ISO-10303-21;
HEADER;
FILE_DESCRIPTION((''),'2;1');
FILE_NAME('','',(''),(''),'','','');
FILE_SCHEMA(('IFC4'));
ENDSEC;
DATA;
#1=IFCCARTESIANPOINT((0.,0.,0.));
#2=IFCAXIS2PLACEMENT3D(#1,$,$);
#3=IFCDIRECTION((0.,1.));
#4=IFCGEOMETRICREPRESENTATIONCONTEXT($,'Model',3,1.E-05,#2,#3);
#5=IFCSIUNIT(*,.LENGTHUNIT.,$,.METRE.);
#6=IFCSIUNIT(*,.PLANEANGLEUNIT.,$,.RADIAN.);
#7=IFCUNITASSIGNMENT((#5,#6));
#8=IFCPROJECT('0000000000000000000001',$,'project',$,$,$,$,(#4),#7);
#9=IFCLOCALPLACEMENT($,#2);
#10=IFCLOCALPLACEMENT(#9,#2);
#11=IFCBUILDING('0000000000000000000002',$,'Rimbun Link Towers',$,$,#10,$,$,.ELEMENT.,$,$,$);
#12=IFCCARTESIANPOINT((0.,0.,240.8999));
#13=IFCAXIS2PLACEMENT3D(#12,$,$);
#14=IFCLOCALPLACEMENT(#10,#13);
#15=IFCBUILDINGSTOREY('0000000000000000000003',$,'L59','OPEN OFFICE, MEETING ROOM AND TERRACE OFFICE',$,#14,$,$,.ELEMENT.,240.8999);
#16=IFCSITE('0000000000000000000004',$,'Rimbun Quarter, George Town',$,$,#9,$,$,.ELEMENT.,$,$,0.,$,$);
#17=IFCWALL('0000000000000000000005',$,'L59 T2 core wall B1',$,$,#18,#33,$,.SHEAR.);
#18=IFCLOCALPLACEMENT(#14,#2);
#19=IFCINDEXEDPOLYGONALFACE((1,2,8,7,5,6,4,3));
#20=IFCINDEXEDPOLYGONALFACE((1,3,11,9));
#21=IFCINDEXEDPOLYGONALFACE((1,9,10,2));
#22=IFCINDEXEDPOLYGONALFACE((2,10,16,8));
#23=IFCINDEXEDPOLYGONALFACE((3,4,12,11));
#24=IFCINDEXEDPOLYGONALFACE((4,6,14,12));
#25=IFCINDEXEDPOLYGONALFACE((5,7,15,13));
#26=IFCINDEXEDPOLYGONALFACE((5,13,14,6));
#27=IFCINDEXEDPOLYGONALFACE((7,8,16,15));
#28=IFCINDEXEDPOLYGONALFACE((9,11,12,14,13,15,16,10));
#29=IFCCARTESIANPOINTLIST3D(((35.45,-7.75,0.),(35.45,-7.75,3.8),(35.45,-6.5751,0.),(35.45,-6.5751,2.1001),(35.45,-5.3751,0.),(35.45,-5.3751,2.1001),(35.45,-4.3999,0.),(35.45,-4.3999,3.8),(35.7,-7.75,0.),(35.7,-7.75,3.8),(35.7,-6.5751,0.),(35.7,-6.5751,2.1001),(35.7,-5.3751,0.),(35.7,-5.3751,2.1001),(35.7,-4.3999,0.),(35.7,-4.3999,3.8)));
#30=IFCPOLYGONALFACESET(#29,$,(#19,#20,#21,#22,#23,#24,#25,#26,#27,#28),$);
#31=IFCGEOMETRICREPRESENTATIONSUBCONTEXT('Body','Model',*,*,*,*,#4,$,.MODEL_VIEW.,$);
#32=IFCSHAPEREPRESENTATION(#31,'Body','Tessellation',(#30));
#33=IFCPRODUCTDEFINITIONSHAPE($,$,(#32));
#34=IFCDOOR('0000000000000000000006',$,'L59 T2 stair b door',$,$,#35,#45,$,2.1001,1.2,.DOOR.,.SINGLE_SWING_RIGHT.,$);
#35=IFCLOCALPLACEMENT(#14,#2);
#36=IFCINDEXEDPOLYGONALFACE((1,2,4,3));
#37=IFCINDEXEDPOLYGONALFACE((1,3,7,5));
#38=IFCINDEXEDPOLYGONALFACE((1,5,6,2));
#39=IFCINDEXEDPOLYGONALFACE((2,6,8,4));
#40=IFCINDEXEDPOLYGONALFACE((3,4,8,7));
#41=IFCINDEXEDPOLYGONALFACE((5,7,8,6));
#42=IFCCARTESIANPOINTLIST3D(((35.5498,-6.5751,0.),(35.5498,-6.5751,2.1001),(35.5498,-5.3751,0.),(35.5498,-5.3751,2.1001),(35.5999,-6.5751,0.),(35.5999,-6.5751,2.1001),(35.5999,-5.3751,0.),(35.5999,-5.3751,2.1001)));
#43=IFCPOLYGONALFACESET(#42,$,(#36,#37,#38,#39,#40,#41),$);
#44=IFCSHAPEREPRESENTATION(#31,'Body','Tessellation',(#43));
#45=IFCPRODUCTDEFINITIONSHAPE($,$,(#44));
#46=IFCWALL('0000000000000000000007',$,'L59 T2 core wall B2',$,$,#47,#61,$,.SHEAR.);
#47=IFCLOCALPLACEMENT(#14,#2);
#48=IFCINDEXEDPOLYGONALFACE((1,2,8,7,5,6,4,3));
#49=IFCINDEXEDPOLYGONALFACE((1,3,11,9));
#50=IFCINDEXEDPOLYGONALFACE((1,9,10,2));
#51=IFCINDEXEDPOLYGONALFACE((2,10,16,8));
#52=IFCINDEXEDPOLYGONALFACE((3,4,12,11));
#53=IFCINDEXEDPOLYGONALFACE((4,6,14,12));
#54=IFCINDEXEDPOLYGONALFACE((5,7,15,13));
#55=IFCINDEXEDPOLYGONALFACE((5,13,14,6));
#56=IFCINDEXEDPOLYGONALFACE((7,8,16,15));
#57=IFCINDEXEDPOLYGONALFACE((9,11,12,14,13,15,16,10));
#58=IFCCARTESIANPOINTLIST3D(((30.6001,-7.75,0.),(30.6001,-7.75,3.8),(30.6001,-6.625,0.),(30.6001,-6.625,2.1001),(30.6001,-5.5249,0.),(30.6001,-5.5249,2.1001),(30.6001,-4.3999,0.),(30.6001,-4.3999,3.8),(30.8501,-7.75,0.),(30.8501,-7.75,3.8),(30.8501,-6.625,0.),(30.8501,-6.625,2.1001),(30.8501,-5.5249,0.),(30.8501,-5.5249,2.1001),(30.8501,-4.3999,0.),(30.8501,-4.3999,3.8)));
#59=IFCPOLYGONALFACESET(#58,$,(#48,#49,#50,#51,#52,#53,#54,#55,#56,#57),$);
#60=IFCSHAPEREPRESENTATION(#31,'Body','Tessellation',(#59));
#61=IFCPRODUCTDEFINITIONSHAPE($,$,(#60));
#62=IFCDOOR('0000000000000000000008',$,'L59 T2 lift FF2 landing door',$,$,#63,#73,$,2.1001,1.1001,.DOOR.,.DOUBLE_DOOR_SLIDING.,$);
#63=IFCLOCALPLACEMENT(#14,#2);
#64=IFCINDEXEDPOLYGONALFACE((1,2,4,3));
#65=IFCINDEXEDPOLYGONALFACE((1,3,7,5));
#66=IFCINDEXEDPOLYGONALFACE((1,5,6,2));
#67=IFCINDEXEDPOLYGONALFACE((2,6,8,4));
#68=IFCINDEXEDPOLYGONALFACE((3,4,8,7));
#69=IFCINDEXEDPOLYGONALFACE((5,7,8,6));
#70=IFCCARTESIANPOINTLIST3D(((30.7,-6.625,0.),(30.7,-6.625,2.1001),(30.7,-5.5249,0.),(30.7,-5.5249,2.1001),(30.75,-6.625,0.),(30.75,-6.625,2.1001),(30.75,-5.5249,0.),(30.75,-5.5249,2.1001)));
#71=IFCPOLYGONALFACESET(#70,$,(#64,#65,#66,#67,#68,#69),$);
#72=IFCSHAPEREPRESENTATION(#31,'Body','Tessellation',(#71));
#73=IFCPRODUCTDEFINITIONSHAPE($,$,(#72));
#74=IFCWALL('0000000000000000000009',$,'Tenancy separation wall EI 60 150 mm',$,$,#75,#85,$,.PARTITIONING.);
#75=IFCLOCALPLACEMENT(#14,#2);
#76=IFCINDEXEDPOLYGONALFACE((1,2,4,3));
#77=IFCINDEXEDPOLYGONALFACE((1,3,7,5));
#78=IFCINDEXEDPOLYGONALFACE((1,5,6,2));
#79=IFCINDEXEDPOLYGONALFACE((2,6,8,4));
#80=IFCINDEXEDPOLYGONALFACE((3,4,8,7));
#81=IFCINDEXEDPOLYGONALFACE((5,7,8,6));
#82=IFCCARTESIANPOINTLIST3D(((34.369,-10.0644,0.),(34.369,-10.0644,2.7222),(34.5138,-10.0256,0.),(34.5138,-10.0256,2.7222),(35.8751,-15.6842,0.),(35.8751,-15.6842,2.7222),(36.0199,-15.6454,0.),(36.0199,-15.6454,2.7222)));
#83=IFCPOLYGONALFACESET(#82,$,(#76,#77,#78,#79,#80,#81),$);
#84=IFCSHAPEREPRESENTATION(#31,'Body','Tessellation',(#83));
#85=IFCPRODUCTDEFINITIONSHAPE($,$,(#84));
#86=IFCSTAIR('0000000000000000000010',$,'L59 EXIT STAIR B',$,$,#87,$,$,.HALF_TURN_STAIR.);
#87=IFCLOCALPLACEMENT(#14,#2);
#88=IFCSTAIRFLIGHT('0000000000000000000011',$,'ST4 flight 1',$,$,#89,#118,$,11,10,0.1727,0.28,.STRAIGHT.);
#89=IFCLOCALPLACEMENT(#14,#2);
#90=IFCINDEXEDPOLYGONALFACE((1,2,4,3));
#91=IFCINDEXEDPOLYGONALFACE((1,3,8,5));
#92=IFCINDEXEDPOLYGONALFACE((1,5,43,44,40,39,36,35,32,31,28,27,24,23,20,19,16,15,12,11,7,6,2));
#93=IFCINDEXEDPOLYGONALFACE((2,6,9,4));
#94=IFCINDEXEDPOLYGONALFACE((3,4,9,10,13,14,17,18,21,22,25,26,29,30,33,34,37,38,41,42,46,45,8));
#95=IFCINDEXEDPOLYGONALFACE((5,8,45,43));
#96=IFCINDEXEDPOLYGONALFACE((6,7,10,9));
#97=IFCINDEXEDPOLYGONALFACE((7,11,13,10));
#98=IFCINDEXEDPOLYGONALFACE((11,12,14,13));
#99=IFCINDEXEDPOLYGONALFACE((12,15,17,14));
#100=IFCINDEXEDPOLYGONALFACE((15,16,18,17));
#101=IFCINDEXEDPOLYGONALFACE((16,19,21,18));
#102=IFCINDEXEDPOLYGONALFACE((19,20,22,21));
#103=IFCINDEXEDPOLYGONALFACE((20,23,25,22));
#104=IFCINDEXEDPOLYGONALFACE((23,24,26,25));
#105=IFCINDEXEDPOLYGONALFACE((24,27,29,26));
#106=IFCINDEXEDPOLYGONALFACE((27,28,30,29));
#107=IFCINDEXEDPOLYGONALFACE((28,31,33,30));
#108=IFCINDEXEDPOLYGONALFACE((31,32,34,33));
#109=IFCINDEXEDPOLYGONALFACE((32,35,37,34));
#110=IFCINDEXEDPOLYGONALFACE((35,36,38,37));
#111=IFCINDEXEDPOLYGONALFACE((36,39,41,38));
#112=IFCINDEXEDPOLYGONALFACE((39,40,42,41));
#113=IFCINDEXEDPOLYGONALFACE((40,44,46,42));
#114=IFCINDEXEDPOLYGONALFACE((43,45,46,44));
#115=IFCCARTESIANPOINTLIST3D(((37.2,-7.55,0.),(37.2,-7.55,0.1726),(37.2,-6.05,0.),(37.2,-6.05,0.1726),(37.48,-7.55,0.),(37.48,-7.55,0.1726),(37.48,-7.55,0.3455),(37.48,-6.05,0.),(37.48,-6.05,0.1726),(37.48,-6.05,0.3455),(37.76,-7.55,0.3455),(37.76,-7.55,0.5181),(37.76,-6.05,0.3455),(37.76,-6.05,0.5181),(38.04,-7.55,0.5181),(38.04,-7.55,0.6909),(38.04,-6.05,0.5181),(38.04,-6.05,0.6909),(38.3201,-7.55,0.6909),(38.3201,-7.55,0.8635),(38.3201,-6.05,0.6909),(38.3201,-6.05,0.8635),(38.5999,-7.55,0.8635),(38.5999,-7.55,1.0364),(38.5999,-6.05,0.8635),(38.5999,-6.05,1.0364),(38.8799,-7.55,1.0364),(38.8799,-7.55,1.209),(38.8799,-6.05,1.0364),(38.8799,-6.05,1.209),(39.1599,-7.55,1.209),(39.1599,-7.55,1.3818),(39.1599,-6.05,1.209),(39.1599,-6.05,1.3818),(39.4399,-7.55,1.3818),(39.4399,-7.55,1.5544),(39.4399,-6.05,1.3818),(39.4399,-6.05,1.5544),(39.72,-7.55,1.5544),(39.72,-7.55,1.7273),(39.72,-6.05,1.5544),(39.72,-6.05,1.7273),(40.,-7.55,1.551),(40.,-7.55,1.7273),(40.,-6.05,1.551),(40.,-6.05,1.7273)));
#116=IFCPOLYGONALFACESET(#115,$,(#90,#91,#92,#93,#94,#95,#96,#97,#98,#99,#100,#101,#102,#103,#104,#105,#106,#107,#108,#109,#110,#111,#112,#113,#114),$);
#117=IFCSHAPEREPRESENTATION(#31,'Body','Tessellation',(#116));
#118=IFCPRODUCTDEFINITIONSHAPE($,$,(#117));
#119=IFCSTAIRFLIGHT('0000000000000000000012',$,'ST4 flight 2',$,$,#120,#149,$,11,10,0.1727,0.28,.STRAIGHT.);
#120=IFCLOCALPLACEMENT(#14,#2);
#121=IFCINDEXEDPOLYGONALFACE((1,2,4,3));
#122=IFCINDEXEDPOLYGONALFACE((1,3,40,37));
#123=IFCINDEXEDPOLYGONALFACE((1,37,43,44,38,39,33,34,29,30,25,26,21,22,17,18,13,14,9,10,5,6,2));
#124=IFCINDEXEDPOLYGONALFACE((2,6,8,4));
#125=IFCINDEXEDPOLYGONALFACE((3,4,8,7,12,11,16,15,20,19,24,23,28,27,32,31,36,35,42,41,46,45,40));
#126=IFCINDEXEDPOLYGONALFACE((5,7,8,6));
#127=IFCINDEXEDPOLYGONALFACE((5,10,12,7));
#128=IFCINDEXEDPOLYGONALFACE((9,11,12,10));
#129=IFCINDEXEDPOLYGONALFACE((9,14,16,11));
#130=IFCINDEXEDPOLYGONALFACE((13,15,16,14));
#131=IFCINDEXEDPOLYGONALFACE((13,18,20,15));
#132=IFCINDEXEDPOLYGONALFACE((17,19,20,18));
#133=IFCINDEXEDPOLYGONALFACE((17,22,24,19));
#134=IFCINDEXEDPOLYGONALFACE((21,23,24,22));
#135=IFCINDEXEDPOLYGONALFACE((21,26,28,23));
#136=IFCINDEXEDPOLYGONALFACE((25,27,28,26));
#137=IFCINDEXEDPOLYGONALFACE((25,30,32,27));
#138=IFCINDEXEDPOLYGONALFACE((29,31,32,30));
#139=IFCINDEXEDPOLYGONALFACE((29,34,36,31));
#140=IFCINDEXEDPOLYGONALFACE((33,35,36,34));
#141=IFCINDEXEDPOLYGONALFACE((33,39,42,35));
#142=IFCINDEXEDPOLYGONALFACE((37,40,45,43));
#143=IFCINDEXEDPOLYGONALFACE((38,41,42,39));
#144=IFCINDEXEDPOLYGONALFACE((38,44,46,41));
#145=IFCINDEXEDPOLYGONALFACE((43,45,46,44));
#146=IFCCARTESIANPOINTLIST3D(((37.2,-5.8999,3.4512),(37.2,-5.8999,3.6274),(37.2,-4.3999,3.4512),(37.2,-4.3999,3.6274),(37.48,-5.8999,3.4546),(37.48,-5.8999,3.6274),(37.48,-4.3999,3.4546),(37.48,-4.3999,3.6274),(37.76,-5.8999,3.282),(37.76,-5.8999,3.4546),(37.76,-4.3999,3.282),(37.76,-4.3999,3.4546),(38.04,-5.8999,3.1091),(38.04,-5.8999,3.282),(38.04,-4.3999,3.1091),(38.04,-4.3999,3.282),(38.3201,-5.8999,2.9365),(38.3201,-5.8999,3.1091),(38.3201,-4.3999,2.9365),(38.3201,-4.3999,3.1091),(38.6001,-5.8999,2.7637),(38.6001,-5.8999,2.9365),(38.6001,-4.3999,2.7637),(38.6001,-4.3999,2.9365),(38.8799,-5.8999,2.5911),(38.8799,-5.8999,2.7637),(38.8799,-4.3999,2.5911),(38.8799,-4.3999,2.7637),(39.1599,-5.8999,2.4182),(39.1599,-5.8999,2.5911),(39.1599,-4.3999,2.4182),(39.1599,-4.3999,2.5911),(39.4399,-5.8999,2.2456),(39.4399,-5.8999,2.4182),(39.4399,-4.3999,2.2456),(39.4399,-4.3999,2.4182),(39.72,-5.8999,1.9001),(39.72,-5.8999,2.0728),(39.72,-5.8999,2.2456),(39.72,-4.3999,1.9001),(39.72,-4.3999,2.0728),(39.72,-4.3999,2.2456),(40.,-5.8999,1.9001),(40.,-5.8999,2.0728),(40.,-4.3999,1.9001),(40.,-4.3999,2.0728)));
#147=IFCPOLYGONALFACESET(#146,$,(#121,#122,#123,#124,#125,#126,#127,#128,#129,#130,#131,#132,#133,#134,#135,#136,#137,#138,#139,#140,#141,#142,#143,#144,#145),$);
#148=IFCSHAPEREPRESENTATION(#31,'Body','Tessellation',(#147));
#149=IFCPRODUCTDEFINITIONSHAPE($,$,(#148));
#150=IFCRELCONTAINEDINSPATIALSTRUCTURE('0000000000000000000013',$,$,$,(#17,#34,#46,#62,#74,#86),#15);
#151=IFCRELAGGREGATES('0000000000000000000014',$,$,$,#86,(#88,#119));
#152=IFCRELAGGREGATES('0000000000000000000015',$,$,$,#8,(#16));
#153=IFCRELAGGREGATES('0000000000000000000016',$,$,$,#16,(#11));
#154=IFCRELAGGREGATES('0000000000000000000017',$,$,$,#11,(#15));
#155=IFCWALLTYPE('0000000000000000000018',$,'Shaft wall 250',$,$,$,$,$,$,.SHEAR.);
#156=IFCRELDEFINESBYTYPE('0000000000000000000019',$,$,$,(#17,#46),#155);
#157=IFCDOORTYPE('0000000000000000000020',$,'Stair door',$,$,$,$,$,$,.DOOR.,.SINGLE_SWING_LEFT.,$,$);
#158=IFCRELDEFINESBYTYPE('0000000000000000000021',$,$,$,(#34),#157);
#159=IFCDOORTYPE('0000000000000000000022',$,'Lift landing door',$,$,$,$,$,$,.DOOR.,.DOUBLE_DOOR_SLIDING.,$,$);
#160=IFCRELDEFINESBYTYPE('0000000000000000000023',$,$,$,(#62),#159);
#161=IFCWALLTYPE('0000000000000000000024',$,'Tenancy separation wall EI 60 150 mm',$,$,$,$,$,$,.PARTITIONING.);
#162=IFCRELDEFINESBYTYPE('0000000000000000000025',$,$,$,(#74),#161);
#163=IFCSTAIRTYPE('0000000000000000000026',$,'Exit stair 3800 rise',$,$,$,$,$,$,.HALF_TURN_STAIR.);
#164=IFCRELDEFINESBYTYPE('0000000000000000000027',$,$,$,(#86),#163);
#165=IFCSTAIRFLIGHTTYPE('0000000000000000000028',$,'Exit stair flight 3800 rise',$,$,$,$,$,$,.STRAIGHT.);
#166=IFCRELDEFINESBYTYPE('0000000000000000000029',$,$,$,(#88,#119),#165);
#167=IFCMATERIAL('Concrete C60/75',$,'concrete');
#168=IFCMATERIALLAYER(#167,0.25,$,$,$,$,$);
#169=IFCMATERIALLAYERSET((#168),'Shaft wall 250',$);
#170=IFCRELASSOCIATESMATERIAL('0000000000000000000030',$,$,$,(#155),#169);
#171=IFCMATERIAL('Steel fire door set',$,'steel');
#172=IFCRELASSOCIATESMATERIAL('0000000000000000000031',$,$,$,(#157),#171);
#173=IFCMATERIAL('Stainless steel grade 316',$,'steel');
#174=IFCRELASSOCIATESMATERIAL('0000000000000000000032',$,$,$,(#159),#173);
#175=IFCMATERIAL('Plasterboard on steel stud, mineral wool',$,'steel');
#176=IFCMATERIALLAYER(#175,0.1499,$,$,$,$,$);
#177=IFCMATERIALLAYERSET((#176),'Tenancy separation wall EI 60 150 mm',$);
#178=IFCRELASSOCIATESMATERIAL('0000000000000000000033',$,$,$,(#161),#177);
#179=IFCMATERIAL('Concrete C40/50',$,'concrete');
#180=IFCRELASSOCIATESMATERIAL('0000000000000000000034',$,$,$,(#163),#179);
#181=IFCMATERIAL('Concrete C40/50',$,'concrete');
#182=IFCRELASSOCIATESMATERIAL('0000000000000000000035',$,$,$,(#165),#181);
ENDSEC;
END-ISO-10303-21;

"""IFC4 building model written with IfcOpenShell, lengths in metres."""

from ifc_helpers import new_model, si_unit, direction, frame, frame_2d, origin, place, context, subcontext, project, spatial, polyline, rectangle, outline, extrude, material, layer, layer_set, type_object, element, fill, aggregate, save


model = new_model("IFC4")

# Units and contexts
model_context = context("Model", 3, precision=1e-05, world=origin(), true_north=direction((0.0, 1.0)))
body_context = subcontext(model_context, "Body", "Model", "MODEL_VIEW")
ifc_project = project(units=[si_unit("LENGTHUNIT", "METRE"), si_unit("PLANEANGLEUNIT", "RADIAN")], contexts=[model_context])

# Site, building, storey
site_placement = place(None, origin())
site = spatial("IfcSite", under=ifc_project, at=site_placement, Name="Rimbun Quarter, George Town", CompositionType="ELEMENT", RefElevation=0.0)
building_placement = place(site_placement, origin())
building = spatial("IfcBuilding", under=site, at=building_placement, Name="Rimbun Link Towers", CompositionType="ELEMENT")
storey_placement = place(building_placement, frame((0.0, 0.0, 240.8999)))
storey = spatial("IfcBuildingStorey", under=building, at=storey_placement, Name="L59", Description="OPEN OFFICE, MEETING ROOM AND TERRACE OFFICE", CompositionType="ELEMENT", Elevation=240.8999)

# Shared definitions
ifc_material_1 = material(Name="Concrete C60/75", Category="concrete")
ifc_layer_1 = layer(ifc_material_1, 0.25)
ifc_layer_set_1 = layer_set([ifc_layer_1], Name="Shaft wall 250")
wall_type_1 = type_object("IfcWallType", Name="Shaft wall 250", PredefinedType="SHEAR", material=ifc_layer_set_1)

# Walls, openings, doors
wall_1_placement = place(storey_placement, frame((35.575, -4.3999, 0.0), z_axis=(0.0, 0.0, 1.0), x_axis=(0.0, -1.0, 0.0)))
wall_1 = element("IfcWall", 1, at=wall_1_placement, inside=storey, type_object=wall_type_1, Name="L59 T2 core wall B1", PredefinedType="SHEAR", context=body_context, shape_type="SweptSolid", body=[
    extrude(rectangle(XDim=3.3501, YDim=0.25, at=frame_2d((1.675, 0.0))), origin(), (0.0, 0.0, 1.0), 3.8),
])
opening_1_placement = place(wall_1_placement, frame((0.9751, 0.0, 0.0)))
opening_1 = element("IfcOpeningElement", 2, at=opening_1_placement, cuts=wall_1, PredefinedType="OPENING", context=body_context, shape_type="SweptSolid", body=[
    extrude(rectangle(XDim=1.2, YDim=2.1001, at=frame_2d((0.6001, 1.05))), frame((0.0, 0.135, 0.0), z_axis=(0.0, -1.0, 0.0), x_axis=(1.0, 0.0, 0.0)), (0.0, 0.0, 1.0), 0.27),
])
ifc_material_2 = material(Name="Steel fire door set", Category="steel")
door_type_1 = type_object("IfcDoorType", Name="Stair door", OperationType="SINGLE_SWING_LEFT", PredefinedType="DOOR", material=ifc_material_2)
door_1_placement = place(opening_1_placement, origin())
door_1 = element("IfcDoor", 3, at=door_1_placement, inside=storey, type_object=door_type_1, Name="L59 T2 stair b door", OperationType="SINGLE_SWING_RIGHT", OverallHeight=2.1001, OverallWidth=1.2, PredefinedType="DOOR", context=body_context, shape_type="SweptSolid", body=[
    extrude(rectangle(XDim=1.2, YDim=2.1001, at=frame_2d((0.6001, 1.05))), frame((0.0, 0.0249, 0.0), z_axis=(0.0, -1.0, 0.0), x_axis=(1.0, 0.0, 0.0)), (0.0, 0.0, 1.0), 0.05),
])
fill(opening_1, door_1)
wall_2_placement = place(storey_placement, frame((30.7251, -4.3999, 0.0), z_axis=(0.0, 0.0, 1.0), x_axis=(0.0, -1.0, 0.0)))
wall_2 = element("IfcWall", 4, at=wall_2_placement, inside=storey, type_object=wall_type_1, Name="L59 T2 core wall B2", PredefinedType="SHEAR", context=body_context, shape_type="SweptSolid", body=[
    extrude(rectangle(XDim=3.3501, YDim=0.25, at=frame_2d((1.675, 0.0))), origin(), (0.0, 0.0, 1.0), 3.8),
])
opening_2_placement = place(wall_2_placement, frame((1.125, 0.0, 0.0)))
opening_2 = element("IfcOpeningElement", 5, at=opening_2_placement, cuts=wall_2, PredefinedType="OPENING", context=body_context, shape_type="SweptSolid", body=[
    extrude(rectangle(XDim=1.1001, YDim=2.1001, at=frame_2d((0.55, 1.05))), frame((0.0, 0.135, 0.0), z_axis=(0.0, -1.0, 0.0), x_axis=(1.0, 0.0, 0.0)), (0.0, 0.0, 1.0), 0.27),
])
ifc_material_3 = material(Name="Stainless steel grade 316", Category="steel")
door_type_2 = type_object("IfcDoorType", Name="Lift landing door", OperationType="DOUBLE_DOOR_SLIDING", PredefinedType="DOOR", material=ifc_material_3)
door_2_placement = place(opening_2_placement, origin())
door_2 = element("IfcDoor", 6, at=door_2_placement, inside=storey, type_object=door_type_2, Name="L59 T2 lift FF2 landing door", OperationType="DOUBLE_DOOR_SLIDING", OverallHeight=2.1001, OverallWidth=1.1001, PredefinedType="DOOR", context=body_context, shape_type="SweptSolid", body=[
    extrude(rectangle(XDim=1.1001, YDim=2.1001, at=frame_2d((0.55, 1.05))), frame((0.0, 0.0249, 0.0), z_axis=(0.0, -1.0, 0.0), x_axis=(1.0, 0.0, 0.0)), (0.0, 0.0, 1.0), 0.05),
])
fill(opening_2, door_2)

# Wall
ifc_material_4 = material(Name="Plasterboard on steel stud, mineral wool", Category="steel")
ifc_layer_2 = layer(ifc_material_4, 0.1499)
ifc_layer_set_2 = layer_set([ifc_layer_2], Name="Tenancy separation wall EI 60 150 mm")
wall_type_2 = type_object("IfcWallType", Name="Tenancy separation wall EI 60 150 mm", PredefinedType="PARTITIONING", material=ifc_layer_set_2)
wall_3_placement = place(storey_placement, frame((34.4414, -10.0449, 0.0), z_axis=(0.0, 0.0, 1.0), x_axis=(0.258861, -0.965915, 0.0)))
element("IfcWall", 7, at=wall_3_placement, inside=storey, type_object=wall_type_2, Name="Tenancy separation wall EI 60 150 mm", PredefinedType="PARTITIONING", context=body_context, shape_type="SweptSolid", body=[
    extrude(rectangle(XDim=5.8181, YDim=0.1499, at=frame_2d((2.9092, 0.0))), origin(), (0.0, 0.0, 1.0), 2.7222),
])

# Stair, stair flights
ifc_material_5 = material(Name="Concrete C40/50", Category="concrete")
stair_type = type_object("IfcStairType", Name="Exit stair 3800 rise", PredefinedType="HALF_TURN_STAIR", material=ifc_material_5)
stair_placement = place(storey_placement, origin())
stair = element("IfcStair", 8, at=stair_placement, inside=storey, type_object=stair_type, Name="L59 EXIT STAIR B", PredefinedType="HALF_TURN_STAIR")
ifc_material_6 = material(Name="Concrete C40/50", Category="concrete")
stair_flight_type = type_object("IfcStairFlightType", Name="Exit stair flight 3800 rise", PredefinedType="STRAIGHT", material=ifc_material_6)
stair_flight_1_placement = place(storey_placement, frame((37.2, -6.8, 0.0), z_axis=(0.0, 0.0, 1.0), x_axis=(1.0, 0.0, 0.0)))
stair_flight_1 = element("IfcStairFlight", 9, at=stair_flight_1_placement, type_object=stair_flight_type, Name="ST4 flight 1", NumberOfRisers=11, NumberOfTreads=10, PredefinedType="STRAIGHT", RiserHeight=0.1727, TreadLength=0.28, context=body_context, shape_type="SweptSolid", body=[
    extrude(outline(polyline([(0.0, 0.0), (0.0, 0.1726), (0.28, 0.1726), (0.28, 0.3455), (0.5601, 0.3455), (0.5601, 0.5181), (0.8401, 0.5181), (0.8401, 0.6909), (1.1201, 0.6909), (1.1201, 0.8635), (1.3999, 0.8635), (1.3999, 1.0364), (1.6799, 1.0364), (1.6799, 1.209), (1.96, 1.209), (1.96, 1.3818), (2.24, 1.3818), (2.24, 1.5544), (2.52, 1.5544), (2.52, 1.7273), (2.8, 1.7273), (2.8, 1.8999), (2.8, 1.551), (0.28, 0.0), (0.0, 0.0)])), frame((0.0, 0.75, 0.0), z_axis=(0.0, -1.0, 0.0), x_axis=(1.0, 0.0, 0.0)), (0.0, 0.0, 1.0), 1.5),
])
stair_flight_2_placement = place(storey_placement, frame((40.0, -5.1499, 1.9001), z_axis=(0.0, 0.0, 1.0), x_axis=(-1.0, 0.0, 0.0)))
stair_flight_2 = element("IfcStairFlight", 10, at=stair_flight_2_placement, type_object=stair_flight_type, Name="ST4 flight 2", NumberOfRisers=11, NumberOfTreads=10, PredefinedType="STRAIGHT", RiserHeight=0.1727, TreadLength=0.28, context=body_context, shape_type="SweptSolid", body=[
    extrude(outline(polyline([(0.0, 0.0), (0.0, 0.1726), (0.28, 0.1726), (0.28, 0.3455), (0.5601, 0.3455), (0.5601, 0.5181), (0.8401, 0.5181), (0.8401, 0.6909), (1.1201, 0.6909), (1.1201, 0.8635), (1.3999, 0.8635), (1.3999, 1.0364), (1.6799, 1.0364), (1.6799, 1.209), (1.96, 1.209), (1.96, 1.3818), (2.24, 1.3818), (2.24, 1.5544), (2.52, 1.5544), (2.52, 1.7273), (2.8, 1.7273), (2.8, 1.8999), (2.8, 1.551), (0.28, 0.0), (0.0, 0.0)])), frame((0.0, 0.75, 0.0), z_axis=(0.0, -1.0, 0.0), x_axis=(1.0, 0.0, 0.0)), (0.0, 0.0, 1.0), 1.5),
])
aggregate(stair, [stair_flight_1, stair_flight_2])

save(model, "model.ifc")
